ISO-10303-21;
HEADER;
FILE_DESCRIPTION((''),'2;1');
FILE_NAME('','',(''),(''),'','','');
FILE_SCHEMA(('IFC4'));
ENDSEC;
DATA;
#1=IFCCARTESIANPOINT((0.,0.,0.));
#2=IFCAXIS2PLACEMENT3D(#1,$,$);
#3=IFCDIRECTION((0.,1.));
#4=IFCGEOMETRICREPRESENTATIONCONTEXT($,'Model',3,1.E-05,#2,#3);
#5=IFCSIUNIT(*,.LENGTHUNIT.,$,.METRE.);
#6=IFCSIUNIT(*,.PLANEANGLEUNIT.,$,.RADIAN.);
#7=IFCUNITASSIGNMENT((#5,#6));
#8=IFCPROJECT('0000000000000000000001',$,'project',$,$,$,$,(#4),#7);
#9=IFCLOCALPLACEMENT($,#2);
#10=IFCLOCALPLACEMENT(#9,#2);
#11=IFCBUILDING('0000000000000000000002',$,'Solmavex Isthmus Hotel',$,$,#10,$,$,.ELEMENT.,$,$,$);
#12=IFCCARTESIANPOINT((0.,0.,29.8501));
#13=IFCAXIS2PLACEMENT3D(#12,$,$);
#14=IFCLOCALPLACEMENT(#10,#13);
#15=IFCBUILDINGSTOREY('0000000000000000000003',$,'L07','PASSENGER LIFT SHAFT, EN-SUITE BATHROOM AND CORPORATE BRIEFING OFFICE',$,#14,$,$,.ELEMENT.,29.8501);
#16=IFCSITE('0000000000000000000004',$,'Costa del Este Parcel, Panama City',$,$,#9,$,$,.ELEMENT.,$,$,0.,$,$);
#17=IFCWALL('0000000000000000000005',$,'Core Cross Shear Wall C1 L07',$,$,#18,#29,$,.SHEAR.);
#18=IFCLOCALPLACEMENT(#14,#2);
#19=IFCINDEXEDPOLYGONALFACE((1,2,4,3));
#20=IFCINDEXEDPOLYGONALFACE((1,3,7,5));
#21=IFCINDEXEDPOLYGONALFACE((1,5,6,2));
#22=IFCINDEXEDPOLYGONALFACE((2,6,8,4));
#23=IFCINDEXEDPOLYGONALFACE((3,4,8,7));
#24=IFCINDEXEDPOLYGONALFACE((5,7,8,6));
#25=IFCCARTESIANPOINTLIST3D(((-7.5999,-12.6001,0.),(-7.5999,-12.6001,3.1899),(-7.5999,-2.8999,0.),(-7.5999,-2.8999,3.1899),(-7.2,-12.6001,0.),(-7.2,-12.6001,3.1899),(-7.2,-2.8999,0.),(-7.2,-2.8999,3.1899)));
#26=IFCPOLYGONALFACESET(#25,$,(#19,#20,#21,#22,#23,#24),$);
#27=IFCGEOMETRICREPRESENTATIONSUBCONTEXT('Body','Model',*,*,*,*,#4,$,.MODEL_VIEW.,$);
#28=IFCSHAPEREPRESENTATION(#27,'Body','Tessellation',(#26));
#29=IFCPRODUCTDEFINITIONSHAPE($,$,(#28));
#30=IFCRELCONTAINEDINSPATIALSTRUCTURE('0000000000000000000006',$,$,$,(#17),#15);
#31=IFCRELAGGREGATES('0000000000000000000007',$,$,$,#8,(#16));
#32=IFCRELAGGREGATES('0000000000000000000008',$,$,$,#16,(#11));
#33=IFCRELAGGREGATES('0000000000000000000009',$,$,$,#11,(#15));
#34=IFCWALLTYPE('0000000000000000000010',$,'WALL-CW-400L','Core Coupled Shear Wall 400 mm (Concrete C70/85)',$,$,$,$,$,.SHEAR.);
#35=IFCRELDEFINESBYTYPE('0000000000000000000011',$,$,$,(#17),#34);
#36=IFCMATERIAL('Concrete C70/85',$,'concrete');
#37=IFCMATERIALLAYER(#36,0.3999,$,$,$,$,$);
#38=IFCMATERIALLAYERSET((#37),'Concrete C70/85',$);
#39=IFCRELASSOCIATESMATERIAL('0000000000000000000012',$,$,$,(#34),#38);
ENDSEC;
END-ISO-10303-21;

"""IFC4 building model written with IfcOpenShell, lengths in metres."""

from ifc_helpers import new_model, si_unit, direction, frame, frame_2d, origin, place, context, subcontext, project, spatial, rectangle, extrude, material, layer, layer_set, type_object, element, save


model = new_model("IFC4")

# Units and contexts
model_context = context("Model", 3, precision=1e-05, world=origin(), true_north=direction((0.0, 1.0)))
body_context = subcontext(model_context, "Body", "Model", "MODEL_VIEW")
ifc_project = project(units=[si_unit("LENGTHUNIT", "METRE"), si_unit("PLANEANGLEUNIT", "RADIAN")], contexts=[model_context])

# Site, building, storey
site_placement = place(None, origin())
site = spatial("IfcSite", under=ifc_project, at=site_placement, Name="Costa del Este Parcel, Panama City", CompositionType="ELEMENT", RefElevation=0.0)
building_placement = place(site_placement, origin())
building = spatial("IfcBuilding", under=site, at=building_placement, Name="Solmavex Isthmus Hotel", CompositionType="ELEMENT")
storey_placement = place(building_placement, frame((0.0, 0.0, 29.8501)))
storey = spatial("IfcBuildingStorey", under=building, at=storey_placement, Name="L07", Description="PASSENGER LIFT SHAFT, EN-SUITE BATHROOM AND CORPORATE BRIEFING OFFICE", CompositionType="ELEMENT", Elevation=29.8501)

# Shared definitions
ifc_material_1 = material(Name="Concrete C70/85", Category="concrete")

# Wall
ifc_layer_1 = layer(ifc_material_1, 0.3999)
ifc_layer_set_1 = layer_set([ifc_layer_1], Name="Concrete C70/85")
wall_type_1 = type_object("IfcWallType", Name="WALL-CW-400L", Description="Core Coupled Shear Wall 400 mm (Concrete C70/85)", PredefinedType="SHEAR", material=ifc_layer_set_1)
wall_1_placement = place(storey_placement, frame((-7.3999, -12.6001, 0.0), z_axis=(0.0, 0.0, 1.0), x_axis=(0.0, 1.0, 0.0)))
element("IfcWall", 1, at=wall_1_placement, inside=storey, type_object=wall_type_1, Name="Core Cross Shear Wall C1 L07", PredefinedType="SHEAR", context=body_context, shape_type="SweptSolid", body=[
    extrude(rectangle(XDim=9.7002, YDim=0.3999, at=frame_2d((4.8501, 0.0))), origin(), (0.0, 0.0, 1.0), 3.1899),
])

save(model, "model.ifc")
